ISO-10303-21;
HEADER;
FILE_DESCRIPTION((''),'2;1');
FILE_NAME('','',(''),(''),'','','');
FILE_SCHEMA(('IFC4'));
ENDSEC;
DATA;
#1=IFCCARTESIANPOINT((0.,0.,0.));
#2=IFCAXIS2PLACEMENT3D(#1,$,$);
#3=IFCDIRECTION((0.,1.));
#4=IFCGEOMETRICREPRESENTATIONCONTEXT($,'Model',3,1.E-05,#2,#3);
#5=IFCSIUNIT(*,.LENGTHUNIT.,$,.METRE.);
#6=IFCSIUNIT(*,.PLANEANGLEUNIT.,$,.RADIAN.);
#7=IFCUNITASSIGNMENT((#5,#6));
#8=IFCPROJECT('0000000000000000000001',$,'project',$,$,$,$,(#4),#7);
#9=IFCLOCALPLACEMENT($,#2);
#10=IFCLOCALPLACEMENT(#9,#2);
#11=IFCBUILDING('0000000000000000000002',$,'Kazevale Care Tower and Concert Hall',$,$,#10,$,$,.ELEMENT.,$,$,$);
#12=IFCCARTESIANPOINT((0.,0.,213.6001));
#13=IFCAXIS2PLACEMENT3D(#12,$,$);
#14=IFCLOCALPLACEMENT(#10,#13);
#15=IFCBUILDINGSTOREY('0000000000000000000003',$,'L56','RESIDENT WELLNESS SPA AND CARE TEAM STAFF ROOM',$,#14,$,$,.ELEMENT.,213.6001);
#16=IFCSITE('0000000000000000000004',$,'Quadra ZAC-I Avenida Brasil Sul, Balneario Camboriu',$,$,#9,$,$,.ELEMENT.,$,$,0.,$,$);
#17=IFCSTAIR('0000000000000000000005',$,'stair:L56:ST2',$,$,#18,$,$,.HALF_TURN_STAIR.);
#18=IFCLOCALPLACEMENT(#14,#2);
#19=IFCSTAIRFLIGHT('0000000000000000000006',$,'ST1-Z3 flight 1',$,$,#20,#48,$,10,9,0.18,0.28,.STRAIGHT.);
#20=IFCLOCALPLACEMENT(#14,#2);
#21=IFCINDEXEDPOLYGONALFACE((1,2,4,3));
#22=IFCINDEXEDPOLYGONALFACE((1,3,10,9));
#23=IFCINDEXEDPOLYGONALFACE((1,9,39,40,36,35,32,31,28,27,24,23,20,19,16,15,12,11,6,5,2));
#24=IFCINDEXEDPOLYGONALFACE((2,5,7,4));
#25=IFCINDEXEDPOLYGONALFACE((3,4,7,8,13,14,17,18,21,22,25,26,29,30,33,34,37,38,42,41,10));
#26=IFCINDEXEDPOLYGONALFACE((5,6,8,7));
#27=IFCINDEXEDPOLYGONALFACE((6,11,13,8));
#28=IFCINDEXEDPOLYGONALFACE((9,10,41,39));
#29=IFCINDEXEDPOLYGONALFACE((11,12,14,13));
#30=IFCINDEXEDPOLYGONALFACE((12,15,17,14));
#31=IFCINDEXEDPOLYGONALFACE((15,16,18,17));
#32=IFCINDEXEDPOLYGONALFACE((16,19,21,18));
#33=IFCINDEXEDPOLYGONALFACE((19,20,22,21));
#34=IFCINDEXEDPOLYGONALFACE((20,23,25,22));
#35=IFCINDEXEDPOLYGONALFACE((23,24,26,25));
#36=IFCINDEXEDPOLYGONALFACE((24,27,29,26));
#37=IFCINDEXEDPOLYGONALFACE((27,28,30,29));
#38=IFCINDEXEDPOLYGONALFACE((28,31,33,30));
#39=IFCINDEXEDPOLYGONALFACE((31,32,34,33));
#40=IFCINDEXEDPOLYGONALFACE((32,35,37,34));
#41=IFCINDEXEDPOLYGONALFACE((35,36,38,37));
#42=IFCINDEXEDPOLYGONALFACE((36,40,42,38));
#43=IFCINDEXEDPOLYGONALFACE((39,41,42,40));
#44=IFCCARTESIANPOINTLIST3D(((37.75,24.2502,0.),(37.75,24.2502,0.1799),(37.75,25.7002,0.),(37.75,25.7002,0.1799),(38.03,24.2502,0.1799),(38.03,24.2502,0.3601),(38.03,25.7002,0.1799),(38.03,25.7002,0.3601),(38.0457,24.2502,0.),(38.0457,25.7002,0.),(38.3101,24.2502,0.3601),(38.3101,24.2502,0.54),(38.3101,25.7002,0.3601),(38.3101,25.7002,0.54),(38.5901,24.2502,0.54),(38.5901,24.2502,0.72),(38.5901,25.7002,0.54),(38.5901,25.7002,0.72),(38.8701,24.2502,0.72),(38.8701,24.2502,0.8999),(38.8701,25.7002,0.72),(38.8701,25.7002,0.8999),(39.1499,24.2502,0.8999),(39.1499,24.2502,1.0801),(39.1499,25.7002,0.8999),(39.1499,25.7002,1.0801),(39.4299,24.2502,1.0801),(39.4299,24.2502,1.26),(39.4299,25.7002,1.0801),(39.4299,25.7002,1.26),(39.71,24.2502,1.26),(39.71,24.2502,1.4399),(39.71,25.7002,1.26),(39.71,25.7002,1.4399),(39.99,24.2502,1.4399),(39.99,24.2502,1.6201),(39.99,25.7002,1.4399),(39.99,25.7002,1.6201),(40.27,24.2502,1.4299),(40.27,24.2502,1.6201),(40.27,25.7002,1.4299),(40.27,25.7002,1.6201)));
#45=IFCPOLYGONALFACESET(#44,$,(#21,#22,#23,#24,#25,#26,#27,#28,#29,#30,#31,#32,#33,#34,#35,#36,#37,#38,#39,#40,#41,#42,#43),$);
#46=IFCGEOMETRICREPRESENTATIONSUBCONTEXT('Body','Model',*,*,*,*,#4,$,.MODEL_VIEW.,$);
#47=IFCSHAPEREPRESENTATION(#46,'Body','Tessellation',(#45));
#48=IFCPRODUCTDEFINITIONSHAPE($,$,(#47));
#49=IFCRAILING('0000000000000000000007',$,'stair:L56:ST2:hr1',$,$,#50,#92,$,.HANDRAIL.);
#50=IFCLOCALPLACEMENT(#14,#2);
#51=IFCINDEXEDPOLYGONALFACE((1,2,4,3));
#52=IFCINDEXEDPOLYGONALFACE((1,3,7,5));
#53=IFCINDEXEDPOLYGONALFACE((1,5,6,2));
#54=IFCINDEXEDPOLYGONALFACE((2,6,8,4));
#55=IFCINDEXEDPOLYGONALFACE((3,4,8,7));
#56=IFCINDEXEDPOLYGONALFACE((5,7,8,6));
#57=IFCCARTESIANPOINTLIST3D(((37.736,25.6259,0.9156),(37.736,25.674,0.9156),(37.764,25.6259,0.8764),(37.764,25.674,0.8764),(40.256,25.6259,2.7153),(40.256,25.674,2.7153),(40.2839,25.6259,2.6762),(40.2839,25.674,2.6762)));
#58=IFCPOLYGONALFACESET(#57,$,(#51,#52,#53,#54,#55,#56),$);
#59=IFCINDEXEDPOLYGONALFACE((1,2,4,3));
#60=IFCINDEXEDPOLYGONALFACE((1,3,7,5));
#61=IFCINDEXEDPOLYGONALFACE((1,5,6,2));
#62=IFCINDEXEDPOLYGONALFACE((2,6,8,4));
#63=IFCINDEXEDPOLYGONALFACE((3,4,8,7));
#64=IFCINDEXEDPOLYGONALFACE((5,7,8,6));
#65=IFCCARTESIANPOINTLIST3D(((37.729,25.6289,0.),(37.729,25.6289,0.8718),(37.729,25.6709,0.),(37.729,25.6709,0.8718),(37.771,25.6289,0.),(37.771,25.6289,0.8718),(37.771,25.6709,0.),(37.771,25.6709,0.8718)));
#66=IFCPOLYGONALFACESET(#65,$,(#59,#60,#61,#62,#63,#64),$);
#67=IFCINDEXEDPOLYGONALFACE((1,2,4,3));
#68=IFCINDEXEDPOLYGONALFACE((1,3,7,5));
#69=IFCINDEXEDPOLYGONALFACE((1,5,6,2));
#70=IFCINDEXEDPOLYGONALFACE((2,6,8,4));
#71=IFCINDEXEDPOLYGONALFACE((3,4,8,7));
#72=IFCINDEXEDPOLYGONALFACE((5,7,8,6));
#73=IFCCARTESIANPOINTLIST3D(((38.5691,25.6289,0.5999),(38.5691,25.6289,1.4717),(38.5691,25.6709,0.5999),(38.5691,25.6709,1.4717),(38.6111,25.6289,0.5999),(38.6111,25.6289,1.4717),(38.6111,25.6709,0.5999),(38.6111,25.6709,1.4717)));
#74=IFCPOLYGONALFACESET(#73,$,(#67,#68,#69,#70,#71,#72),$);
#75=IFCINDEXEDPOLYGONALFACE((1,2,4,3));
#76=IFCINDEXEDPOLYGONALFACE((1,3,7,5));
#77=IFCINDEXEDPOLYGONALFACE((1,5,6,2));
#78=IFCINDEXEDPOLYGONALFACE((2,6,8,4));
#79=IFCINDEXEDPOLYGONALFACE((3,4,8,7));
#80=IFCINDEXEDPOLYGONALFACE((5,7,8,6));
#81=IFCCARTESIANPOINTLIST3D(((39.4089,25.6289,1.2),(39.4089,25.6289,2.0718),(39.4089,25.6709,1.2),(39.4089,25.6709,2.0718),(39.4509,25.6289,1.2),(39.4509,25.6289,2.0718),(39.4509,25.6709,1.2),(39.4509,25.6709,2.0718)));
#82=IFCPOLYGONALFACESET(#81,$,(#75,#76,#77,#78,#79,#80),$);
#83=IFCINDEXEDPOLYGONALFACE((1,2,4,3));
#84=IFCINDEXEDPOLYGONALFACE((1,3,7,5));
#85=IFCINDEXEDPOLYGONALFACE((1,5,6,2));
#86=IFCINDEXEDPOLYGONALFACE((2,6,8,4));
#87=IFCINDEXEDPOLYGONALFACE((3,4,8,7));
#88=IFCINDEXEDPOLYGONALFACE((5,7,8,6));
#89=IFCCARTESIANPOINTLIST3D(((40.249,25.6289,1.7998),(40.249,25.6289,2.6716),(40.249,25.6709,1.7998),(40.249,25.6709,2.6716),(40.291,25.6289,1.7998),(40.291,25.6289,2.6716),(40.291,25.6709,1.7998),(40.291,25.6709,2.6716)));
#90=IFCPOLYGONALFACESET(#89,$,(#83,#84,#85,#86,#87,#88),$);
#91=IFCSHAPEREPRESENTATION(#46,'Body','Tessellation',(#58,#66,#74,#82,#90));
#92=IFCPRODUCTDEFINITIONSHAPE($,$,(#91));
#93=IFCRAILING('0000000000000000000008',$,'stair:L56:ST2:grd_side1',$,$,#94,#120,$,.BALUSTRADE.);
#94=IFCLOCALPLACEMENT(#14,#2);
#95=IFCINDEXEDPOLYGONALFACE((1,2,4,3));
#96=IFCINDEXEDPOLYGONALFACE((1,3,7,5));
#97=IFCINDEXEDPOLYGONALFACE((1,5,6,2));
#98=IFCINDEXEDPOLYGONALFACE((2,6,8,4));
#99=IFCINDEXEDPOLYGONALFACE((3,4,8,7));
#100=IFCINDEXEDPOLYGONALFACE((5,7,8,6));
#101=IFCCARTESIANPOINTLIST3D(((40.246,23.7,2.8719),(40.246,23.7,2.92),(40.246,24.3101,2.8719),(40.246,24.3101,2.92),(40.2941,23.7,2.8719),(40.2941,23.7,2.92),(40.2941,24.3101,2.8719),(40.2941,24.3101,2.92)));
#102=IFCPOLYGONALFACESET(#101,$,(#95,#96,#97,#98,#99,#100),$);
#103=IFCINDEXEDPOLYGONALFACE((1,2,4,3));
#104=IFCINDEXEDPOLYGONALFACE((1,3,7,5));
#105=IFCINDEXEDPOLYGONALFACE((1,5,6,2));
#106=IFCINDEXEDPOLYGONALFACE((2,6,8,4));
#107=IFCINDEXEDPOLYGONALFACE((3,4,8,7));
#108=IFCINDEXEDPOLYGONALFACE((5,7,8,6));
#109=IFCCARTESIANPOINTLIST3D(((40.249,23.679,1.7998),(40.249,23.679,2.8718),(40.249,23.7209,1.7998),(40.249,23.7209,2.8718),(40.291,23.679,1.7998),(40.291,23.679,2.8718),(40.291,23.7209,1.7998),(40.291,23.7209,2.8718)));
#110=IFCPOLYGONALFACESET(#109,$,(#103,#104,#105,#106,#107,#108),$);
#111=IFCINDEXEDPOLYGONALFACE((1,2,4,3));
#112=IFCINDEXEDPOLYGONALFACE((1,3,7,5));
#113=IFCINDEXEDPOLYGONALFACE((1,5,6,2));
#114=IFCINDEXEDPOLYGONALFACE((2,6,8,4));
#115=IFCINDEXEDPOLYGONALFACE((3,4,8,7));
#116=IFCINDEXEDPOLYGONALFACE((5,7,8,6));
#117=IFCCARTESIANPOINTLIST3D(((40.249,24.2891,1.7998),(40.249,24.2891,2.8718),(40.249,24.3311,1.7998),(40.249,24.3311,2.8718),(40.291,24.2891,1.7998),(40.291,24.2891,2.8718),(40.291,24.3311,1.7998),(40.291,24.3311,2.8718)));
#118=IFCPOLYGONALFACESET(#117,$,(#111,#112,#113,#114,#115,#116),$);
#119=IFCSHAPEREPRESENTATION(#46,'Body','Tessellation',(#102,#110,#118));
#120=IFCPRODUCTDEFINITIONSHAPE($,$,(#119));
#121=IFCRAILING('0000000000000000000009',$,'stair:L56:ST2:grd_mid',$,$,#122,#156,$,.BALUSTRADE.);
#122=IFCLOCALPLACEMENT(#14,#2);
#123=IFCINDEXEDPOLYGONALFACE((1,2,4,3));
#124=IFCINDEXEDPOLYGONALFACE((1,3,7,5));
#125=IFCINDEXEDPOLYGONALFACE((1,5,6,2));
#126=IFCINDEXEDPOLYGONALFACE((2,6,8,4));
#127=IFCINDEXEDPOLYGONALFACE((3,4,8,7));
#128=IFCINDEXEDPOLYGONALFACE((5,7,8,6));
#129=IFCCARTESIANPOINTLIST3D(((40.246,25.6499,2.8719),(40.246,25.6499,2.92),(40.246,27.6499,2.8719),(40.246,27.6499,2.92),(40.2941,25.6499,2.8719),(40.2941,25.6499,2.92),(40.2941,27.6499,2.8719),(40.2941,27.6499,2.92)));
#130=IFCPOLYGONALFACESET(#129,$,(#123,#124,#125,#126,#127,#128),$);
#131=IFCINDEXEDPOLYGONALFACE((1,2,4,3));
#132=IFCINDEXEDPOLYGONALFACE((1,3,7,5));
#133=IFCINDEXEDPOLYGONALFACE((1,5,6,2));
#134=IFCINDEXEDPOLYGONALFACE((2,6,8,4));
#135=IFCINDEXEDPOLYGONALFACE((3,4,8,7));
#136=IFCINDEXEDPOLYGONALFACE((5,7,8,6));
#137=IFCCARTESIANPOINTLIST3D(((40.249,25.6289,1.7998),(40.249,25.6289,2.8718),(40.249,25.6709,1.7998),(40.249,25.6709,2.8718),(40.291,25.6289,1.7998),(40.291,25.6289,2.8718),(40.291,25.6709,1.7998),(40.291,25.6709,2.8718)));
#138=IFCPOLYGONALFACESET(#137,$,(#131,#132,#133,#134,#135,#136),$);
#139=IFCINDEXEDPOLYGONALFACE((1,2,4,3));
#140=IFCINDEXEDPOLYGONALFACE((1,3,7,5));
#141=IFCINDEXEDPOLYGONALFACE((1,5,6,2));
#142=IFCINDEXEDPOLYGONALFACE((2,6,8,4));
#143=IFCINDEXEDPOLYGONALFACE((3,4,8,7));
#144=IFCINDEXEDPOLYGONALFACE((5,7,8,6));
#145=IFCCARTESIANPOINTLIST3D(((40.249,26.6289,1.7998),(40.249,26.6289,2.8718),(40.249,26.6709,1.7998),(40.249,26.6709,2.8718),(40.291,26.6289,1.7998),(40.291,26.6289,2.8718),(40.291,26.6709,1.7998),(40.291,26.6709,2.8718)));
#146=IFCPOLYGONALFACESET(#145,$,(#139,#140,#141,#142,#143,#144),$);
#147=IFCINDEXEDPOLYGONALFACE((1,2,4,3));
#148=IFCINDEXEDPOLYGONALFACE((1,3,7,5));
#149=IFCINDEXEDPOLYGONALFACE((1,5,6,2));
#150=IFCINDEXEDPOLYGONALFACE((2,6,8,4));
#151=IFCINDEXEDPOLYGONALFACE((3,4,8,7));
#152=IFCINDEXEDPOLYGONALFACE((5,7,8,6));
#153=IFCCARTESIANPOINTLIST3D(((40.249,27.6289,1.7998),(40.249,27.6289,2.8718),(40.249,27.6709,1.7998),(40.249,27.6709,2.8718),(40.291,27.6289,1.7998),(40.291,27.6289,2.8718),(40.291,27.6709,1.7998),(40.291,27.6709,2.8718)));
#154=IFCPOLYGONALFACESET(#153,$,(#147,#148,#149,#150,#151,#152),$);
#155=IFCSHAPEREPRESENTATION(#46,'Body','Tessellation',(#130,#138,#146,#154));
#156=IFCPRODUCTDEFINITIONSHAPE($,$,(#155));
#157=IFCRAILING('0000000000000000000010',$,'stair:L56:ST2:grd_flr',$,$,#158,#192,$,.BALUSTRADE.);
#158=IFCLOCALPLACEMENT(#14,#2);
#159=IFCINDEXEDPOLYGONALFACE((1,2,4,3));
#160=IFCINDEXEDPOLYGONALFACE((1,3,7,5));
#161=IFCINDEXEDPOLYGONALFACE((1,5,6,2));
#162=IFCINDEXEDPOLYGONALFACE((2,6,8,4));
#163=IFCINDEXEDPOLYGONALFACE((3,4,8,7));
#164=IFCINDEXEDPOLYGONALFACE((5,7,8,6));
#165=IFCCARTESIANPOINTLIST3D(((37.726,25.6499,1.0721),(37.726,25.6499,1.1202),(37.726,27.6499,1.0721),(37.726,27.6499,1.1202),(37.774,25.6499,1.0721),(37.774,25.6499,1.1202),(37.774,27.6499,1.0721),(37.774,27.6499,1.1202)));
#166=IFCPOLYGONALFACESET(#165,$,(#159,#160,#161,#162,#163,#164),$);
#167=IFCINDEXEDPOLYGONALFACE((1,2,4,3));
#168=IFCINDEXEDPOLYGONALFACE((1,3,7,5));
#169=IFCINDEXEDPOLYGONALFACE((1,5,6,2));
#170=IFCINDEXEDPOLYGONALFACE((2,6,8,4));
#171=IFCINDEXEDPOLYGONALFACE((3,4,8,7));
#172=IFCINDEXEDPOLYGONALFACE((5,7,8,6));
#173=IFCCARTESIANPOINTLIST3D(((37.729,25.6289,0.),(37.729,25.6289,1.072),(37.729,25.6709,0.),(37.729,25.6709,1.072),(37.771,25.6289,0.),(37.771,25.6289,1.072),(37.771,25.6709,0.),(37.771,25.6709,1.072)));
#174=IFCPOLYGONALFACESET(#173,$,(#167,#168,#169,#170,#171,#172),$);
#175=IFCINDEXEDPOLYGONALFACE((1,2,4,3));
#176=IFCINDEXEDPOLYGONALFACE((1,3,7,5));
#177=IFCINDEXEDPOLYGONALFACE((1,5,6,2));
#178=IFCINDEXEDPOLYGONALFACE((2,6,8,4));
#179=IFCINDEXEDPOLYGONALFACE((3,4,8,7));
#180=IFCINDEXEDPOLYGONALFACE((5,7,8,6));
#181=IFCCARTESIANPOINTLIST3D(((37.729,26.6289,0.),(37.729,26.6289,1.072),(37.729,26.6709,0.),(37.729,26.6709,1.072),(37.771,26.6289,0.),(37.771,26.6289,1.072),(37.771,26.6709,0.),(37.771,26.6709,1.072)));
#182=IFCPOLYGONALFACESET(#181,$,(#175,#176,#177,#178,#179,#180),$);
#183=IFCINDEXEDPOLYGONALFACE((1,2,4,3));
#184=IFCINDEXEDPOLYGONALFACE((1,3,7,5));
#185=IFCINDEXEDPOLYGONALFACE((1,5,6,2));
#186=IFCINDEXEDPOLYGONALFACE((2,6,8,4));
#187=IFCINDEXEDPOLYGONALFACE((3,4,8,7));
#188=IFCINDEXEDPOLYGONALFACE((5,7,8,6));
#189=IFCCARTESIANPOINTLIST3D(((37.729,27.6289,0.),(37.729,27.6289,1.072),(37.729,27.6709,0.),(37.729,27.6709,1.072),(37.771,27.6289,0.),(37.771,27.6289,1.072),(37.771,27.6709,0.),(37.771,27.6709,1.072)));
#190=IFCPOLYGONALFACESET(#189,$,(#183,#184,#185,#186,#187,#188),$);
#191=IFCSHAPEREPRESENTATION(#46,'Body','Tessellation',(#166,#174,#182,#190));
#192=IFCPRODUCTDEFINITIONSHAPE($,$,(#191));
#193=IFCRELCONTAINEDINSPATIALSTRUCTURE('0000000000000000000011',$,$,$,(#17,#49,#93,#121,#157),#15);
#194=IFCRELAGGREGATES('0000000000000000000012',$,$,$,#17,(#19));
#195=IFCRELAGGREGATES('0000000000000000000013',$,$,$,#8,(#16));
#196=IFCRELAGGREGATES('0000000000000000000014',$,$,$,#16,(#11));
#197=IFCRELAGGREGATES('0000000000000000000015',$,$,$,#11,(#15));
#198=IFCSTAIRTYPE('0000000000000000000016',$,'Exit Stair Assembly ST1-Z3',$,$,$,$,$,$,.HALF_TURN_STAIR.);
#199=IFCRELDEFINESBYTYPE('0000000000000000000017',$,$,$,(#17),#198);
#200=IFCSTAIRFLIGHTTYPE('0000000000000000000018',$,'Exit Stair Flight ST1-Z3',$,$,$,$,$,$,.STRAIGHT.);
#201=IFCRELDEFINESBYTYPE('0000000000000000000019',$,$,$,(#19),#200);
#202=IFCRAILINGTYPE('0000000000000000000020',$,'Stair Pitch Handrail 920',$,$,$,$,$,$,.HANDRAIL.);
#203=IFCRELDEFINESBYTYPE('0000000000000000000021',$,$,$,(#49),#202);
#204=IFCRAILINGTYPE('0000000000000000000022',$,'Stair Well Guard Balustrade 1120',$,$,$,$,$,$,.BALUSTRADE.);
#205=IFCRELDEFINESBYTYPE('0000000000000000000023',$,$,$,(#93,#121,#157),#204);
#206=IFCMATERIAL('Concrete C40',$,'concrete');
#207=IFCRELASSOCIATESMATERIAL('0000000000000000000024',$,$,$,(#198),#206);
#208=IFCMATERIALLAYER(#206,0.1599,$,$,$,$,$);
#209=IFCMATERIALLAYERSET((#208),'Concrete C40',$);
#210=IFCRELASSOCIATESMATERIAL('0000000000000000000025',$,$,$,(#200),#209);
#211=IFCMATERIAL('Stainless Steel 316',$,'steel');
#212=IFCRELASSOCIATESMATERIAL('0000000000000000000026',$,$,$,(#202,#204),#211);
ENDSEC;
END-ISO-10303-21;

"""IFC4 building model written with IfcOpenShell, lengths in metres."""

from ifc_helpers import new_model, si_unit, direction, frame, origin, origin_2d, place, context, subcontext, project, spatial, polyline, rectangle, outline, extrude, material, layer, layer_set, type_object, element, aggregate, save


model = new_model("IFC4")

# Units and contexts
model_context = context("Model", 3, precision=1e-05, world=origin(), true_north=direction((0.0, 1.0)))
body_context = subcontext(model_context, "Body", "Model", "MODEL_VIEW")
ifc_project = project(units=[si_unit("LENGTHUNIT", "METRE"), si_unit("PLANEANGLEUNIT", "RADIAN")], contexts=[model_context])

# Site, building, storey
site_placement = place(None, origin())
site = spatial("IfcSite", under=ifc_project, at=site_placement, Name="Quadra ZAC-I Avenida Brasil Sul, Balneario Camboriu", CompositionType="ELEMENT", RefElevation=0.0)
building_placement = place(site_placement, origin())
building = spatial("IfcBuilding", under=site, at=building_placement, Name="Kazevale Care Tower and Concert Hall", CompositionType="ELEMENT")
storey_placement = place(building_placement, frame((0.0, 0.0, 213.6001)))
storey = spatial("IfcBuildingStorey", under=building, at=storey_placement, Name="L56", Description="RESIDENT WELLNESS SPA AND CARE TEAM STAFF ROOM", CompositionType="ELEMENT", Elevation=213.6001)

# Shared definitions
ifc_material_1 = material(Name="Concrete C40", Category="concrete")

# Stair, stair flight
stair_type = type_object("IfcStairType", Name="Exit Stair Assembly ST1-Z3", PredefinedType="HALF_TURN_STAIR", material=ifc_material_1)
stair_placement = place(storey_placement, origin())
stair = element("IfcStair", 1, at=stair_placement, inside=storey, type_object=stair_type, Name="stair:L56:ST2", PredefinedType="HALF_TURN_STAIR")
ifc_layer_1 = layer(ifc_material_1, 0.1599)
ifc_layer_set_1 = layer_set([ifc_layer_1], Name="Concrete C40")
stair_flight_type = type_object("IfcStairFlightType", Name="Exit Stair Flight ST1-Z3", PredefinedType="STRAIGHT", material=ifc_layer_set_1)
stair_flight_placement = place(storey_placement, frame((37.75, 24.9751, 0.0), z_axis=(0.0, 0.0, 1.0), x_axis=(1.0, 0.0, 0.0)))
stair_flight = element("IfcStairFlight", 2, at=stair_flight_placement, type_object=stair_flight_type, Name="ST1-Z3 flight 1", NumberOfRisers=10, NumberOfTreads=9, PredefinedType="STRAIGHT", RiserHeight=0.18, TreadLength=0.28, context=body_context, shape_type="SweptSolid", body=[
    extrude(outline(polyline([(0.0, 0.0), (0.0, 0.1799), (0.28, 0.1799), (0.28, 0.3601), (0.5601, 0.3601), (0.5601, 0.54), (0.8401, 0.54), (0.8401, 0.72), (1.1201, 0.72), (1.1201, 0.8999), (1.3999, 0.8999), (1.3999, 1.0801), (1.6799, 1.0801), (1.6799, 1.26), (1.96, 1.26), (1.96, 1.4399), (2.24, 1.4399), (2.24, 1.6201), (2.52, 1.6201), (2.52, 1.8), (2.52, 1.4299), (0.2957, 0.0), (0.0, 0.0)])), frame((0.0, 0.7251, 0.0), z_axis=(0.0, -1.0, 0.0), x_axis=(1.0, 0.0, 0.0)), (0.0, 0.0, 1.0), 1.45),
])
aggregate(stair, [stair_flight])

# Railings
ifc_material_2 = material(Name="Stainless Steel 316", Category="steel")
railing_type_1 = type_object("IfcRailingType", Name="Stair Pitch Handrail 920", PredefinedType="HANDRAIL", material=ifc_material_2)
railing_1_placement = place(storey_placement, frame((37.75, 25.6499, 0.0)))
element("IfcRailing", 3, at=railing_1_placement, inside=storey, type_object=railing_type_1, Name="stair:L56:ST2:hr1", PredefinedType="HANDRAIL", context=body_context, shape_type="SweptSolid", body=[
    extrude(rectangle(XDim=0.0481, YDim=0.0481, at=origin_2d()), frame((0.0, 0.0, 0.896), z_axis=(0.813765, 0.0, 0.581193), x_axis=(0.0, 1.0, 0.0)), (0.0, 0.0, 1.0), 3.0967),
    extrude(rectangle(XDim=0.042, YDim=0.042, at=origin_2d()), origin(), (0.0, 0.0, 1.0), 0.8718),
    extrude(rectangle(XDim=0.042, YDim=0.042, at=origin_2d()), frame((0.8401, 0.0, 0.5999)), (0.0, 0.0, 1.0), 0.8718),
    extrude(rectangle(XDim=0.042, YDim=0.042, at=origin_2d()), frame((1.6799, 0.0, 1.2)), (0.0, 0.0, 1.0), 0.8718),
    extrude(rectangle(XDim=0.042, YDim=0.042, at=origin_2d()), frame((2.52, 0.0, 1.7998)), (0.0, 0.0, 1.0), 0.8718),
])
railing_type_2 = type_object("IfcRailingType", Name="Stair Well Guard Balustrade 1120", PredefinedType="BALUSTRADE", material=ifc_material_2)
railing_2_placement = place(storey_placement, frame((40.27, 23.7, 1.7998)))
element("IfcRailing", 4, at=railing_2_placement, inside=storey, type_object=railing_type_2, Name="stair:L56:ST2:grd_side1", PredefinedType="BALUSTRADE", context=body_context, shape_type="SweptSolid", body=[
    extrude(rectangle(XDim=0.0481, YDim=0.0481, at=origin_2d()), frame((0.0, 0.0, 1.0962), z_axis=(0.0, 1.0, 0.0), x_axis=(-1.0, 0.0, 0.0)), (0.0, 0.0, 1.0), 0.6101),
    extrude(rectangle(XDim=0.042, YDim=0.042, at=origin_2d()), origin(), (0.0, 0.0, 1.0), 1.072),
    extrude(rectangle(XDim=0.042, YDim=0.042, at=origin_2d()), frame((0.0, 0.6101, 0.0)), (0.0, 0.0, 1.0), 1.072),
])
for number, where, name in (
    (5, (40.27, 25.6499, 1.7998), "stair:L56:ST2:grd_mid"),
    (6, (37.75, 25.6499, 0.0), "stair:L56:ST2:grd_flr"),
):
    element("IfcRailing", number, at=place(storey_placement, frame(where)), inside=storey, type_object=railing_type_2, Name=name, PredefinedType="BALUSTRADE", context=body_context, shape_type="SweptSolid", body=[
        extrude(rectangle(XDim=0.0481, YDim=0.0481, at=origin_2d()), frame((0.0, 0.0, 1.0962), z_axis=(0.0, 1.0, 0.0), x_axis=(-1.0, 0.0, 0.0)), (0.0, 0.0, 1.0), 2.0),
        extrude(rectangle(XDim=0.042, YDim=0.042, at=origin_2d()), origin(), (0.0, 0.0, 1.0), 1.072),
        extrude(rectangle(XDim=0.042, YDim=0.042, at=origin_2d()), frame((0.0, 1.0, 0.0)), (0.0, 0.0, 1.0), 1.072),
        extrude(rectangle(XDim=0.042, YDim=0.042, at=origin_2d()), frame((0.0, 2.0, 0.0)), (0.0, 0.0, 1.0), 1.072),
    ])

save(model, "model.ifc")
